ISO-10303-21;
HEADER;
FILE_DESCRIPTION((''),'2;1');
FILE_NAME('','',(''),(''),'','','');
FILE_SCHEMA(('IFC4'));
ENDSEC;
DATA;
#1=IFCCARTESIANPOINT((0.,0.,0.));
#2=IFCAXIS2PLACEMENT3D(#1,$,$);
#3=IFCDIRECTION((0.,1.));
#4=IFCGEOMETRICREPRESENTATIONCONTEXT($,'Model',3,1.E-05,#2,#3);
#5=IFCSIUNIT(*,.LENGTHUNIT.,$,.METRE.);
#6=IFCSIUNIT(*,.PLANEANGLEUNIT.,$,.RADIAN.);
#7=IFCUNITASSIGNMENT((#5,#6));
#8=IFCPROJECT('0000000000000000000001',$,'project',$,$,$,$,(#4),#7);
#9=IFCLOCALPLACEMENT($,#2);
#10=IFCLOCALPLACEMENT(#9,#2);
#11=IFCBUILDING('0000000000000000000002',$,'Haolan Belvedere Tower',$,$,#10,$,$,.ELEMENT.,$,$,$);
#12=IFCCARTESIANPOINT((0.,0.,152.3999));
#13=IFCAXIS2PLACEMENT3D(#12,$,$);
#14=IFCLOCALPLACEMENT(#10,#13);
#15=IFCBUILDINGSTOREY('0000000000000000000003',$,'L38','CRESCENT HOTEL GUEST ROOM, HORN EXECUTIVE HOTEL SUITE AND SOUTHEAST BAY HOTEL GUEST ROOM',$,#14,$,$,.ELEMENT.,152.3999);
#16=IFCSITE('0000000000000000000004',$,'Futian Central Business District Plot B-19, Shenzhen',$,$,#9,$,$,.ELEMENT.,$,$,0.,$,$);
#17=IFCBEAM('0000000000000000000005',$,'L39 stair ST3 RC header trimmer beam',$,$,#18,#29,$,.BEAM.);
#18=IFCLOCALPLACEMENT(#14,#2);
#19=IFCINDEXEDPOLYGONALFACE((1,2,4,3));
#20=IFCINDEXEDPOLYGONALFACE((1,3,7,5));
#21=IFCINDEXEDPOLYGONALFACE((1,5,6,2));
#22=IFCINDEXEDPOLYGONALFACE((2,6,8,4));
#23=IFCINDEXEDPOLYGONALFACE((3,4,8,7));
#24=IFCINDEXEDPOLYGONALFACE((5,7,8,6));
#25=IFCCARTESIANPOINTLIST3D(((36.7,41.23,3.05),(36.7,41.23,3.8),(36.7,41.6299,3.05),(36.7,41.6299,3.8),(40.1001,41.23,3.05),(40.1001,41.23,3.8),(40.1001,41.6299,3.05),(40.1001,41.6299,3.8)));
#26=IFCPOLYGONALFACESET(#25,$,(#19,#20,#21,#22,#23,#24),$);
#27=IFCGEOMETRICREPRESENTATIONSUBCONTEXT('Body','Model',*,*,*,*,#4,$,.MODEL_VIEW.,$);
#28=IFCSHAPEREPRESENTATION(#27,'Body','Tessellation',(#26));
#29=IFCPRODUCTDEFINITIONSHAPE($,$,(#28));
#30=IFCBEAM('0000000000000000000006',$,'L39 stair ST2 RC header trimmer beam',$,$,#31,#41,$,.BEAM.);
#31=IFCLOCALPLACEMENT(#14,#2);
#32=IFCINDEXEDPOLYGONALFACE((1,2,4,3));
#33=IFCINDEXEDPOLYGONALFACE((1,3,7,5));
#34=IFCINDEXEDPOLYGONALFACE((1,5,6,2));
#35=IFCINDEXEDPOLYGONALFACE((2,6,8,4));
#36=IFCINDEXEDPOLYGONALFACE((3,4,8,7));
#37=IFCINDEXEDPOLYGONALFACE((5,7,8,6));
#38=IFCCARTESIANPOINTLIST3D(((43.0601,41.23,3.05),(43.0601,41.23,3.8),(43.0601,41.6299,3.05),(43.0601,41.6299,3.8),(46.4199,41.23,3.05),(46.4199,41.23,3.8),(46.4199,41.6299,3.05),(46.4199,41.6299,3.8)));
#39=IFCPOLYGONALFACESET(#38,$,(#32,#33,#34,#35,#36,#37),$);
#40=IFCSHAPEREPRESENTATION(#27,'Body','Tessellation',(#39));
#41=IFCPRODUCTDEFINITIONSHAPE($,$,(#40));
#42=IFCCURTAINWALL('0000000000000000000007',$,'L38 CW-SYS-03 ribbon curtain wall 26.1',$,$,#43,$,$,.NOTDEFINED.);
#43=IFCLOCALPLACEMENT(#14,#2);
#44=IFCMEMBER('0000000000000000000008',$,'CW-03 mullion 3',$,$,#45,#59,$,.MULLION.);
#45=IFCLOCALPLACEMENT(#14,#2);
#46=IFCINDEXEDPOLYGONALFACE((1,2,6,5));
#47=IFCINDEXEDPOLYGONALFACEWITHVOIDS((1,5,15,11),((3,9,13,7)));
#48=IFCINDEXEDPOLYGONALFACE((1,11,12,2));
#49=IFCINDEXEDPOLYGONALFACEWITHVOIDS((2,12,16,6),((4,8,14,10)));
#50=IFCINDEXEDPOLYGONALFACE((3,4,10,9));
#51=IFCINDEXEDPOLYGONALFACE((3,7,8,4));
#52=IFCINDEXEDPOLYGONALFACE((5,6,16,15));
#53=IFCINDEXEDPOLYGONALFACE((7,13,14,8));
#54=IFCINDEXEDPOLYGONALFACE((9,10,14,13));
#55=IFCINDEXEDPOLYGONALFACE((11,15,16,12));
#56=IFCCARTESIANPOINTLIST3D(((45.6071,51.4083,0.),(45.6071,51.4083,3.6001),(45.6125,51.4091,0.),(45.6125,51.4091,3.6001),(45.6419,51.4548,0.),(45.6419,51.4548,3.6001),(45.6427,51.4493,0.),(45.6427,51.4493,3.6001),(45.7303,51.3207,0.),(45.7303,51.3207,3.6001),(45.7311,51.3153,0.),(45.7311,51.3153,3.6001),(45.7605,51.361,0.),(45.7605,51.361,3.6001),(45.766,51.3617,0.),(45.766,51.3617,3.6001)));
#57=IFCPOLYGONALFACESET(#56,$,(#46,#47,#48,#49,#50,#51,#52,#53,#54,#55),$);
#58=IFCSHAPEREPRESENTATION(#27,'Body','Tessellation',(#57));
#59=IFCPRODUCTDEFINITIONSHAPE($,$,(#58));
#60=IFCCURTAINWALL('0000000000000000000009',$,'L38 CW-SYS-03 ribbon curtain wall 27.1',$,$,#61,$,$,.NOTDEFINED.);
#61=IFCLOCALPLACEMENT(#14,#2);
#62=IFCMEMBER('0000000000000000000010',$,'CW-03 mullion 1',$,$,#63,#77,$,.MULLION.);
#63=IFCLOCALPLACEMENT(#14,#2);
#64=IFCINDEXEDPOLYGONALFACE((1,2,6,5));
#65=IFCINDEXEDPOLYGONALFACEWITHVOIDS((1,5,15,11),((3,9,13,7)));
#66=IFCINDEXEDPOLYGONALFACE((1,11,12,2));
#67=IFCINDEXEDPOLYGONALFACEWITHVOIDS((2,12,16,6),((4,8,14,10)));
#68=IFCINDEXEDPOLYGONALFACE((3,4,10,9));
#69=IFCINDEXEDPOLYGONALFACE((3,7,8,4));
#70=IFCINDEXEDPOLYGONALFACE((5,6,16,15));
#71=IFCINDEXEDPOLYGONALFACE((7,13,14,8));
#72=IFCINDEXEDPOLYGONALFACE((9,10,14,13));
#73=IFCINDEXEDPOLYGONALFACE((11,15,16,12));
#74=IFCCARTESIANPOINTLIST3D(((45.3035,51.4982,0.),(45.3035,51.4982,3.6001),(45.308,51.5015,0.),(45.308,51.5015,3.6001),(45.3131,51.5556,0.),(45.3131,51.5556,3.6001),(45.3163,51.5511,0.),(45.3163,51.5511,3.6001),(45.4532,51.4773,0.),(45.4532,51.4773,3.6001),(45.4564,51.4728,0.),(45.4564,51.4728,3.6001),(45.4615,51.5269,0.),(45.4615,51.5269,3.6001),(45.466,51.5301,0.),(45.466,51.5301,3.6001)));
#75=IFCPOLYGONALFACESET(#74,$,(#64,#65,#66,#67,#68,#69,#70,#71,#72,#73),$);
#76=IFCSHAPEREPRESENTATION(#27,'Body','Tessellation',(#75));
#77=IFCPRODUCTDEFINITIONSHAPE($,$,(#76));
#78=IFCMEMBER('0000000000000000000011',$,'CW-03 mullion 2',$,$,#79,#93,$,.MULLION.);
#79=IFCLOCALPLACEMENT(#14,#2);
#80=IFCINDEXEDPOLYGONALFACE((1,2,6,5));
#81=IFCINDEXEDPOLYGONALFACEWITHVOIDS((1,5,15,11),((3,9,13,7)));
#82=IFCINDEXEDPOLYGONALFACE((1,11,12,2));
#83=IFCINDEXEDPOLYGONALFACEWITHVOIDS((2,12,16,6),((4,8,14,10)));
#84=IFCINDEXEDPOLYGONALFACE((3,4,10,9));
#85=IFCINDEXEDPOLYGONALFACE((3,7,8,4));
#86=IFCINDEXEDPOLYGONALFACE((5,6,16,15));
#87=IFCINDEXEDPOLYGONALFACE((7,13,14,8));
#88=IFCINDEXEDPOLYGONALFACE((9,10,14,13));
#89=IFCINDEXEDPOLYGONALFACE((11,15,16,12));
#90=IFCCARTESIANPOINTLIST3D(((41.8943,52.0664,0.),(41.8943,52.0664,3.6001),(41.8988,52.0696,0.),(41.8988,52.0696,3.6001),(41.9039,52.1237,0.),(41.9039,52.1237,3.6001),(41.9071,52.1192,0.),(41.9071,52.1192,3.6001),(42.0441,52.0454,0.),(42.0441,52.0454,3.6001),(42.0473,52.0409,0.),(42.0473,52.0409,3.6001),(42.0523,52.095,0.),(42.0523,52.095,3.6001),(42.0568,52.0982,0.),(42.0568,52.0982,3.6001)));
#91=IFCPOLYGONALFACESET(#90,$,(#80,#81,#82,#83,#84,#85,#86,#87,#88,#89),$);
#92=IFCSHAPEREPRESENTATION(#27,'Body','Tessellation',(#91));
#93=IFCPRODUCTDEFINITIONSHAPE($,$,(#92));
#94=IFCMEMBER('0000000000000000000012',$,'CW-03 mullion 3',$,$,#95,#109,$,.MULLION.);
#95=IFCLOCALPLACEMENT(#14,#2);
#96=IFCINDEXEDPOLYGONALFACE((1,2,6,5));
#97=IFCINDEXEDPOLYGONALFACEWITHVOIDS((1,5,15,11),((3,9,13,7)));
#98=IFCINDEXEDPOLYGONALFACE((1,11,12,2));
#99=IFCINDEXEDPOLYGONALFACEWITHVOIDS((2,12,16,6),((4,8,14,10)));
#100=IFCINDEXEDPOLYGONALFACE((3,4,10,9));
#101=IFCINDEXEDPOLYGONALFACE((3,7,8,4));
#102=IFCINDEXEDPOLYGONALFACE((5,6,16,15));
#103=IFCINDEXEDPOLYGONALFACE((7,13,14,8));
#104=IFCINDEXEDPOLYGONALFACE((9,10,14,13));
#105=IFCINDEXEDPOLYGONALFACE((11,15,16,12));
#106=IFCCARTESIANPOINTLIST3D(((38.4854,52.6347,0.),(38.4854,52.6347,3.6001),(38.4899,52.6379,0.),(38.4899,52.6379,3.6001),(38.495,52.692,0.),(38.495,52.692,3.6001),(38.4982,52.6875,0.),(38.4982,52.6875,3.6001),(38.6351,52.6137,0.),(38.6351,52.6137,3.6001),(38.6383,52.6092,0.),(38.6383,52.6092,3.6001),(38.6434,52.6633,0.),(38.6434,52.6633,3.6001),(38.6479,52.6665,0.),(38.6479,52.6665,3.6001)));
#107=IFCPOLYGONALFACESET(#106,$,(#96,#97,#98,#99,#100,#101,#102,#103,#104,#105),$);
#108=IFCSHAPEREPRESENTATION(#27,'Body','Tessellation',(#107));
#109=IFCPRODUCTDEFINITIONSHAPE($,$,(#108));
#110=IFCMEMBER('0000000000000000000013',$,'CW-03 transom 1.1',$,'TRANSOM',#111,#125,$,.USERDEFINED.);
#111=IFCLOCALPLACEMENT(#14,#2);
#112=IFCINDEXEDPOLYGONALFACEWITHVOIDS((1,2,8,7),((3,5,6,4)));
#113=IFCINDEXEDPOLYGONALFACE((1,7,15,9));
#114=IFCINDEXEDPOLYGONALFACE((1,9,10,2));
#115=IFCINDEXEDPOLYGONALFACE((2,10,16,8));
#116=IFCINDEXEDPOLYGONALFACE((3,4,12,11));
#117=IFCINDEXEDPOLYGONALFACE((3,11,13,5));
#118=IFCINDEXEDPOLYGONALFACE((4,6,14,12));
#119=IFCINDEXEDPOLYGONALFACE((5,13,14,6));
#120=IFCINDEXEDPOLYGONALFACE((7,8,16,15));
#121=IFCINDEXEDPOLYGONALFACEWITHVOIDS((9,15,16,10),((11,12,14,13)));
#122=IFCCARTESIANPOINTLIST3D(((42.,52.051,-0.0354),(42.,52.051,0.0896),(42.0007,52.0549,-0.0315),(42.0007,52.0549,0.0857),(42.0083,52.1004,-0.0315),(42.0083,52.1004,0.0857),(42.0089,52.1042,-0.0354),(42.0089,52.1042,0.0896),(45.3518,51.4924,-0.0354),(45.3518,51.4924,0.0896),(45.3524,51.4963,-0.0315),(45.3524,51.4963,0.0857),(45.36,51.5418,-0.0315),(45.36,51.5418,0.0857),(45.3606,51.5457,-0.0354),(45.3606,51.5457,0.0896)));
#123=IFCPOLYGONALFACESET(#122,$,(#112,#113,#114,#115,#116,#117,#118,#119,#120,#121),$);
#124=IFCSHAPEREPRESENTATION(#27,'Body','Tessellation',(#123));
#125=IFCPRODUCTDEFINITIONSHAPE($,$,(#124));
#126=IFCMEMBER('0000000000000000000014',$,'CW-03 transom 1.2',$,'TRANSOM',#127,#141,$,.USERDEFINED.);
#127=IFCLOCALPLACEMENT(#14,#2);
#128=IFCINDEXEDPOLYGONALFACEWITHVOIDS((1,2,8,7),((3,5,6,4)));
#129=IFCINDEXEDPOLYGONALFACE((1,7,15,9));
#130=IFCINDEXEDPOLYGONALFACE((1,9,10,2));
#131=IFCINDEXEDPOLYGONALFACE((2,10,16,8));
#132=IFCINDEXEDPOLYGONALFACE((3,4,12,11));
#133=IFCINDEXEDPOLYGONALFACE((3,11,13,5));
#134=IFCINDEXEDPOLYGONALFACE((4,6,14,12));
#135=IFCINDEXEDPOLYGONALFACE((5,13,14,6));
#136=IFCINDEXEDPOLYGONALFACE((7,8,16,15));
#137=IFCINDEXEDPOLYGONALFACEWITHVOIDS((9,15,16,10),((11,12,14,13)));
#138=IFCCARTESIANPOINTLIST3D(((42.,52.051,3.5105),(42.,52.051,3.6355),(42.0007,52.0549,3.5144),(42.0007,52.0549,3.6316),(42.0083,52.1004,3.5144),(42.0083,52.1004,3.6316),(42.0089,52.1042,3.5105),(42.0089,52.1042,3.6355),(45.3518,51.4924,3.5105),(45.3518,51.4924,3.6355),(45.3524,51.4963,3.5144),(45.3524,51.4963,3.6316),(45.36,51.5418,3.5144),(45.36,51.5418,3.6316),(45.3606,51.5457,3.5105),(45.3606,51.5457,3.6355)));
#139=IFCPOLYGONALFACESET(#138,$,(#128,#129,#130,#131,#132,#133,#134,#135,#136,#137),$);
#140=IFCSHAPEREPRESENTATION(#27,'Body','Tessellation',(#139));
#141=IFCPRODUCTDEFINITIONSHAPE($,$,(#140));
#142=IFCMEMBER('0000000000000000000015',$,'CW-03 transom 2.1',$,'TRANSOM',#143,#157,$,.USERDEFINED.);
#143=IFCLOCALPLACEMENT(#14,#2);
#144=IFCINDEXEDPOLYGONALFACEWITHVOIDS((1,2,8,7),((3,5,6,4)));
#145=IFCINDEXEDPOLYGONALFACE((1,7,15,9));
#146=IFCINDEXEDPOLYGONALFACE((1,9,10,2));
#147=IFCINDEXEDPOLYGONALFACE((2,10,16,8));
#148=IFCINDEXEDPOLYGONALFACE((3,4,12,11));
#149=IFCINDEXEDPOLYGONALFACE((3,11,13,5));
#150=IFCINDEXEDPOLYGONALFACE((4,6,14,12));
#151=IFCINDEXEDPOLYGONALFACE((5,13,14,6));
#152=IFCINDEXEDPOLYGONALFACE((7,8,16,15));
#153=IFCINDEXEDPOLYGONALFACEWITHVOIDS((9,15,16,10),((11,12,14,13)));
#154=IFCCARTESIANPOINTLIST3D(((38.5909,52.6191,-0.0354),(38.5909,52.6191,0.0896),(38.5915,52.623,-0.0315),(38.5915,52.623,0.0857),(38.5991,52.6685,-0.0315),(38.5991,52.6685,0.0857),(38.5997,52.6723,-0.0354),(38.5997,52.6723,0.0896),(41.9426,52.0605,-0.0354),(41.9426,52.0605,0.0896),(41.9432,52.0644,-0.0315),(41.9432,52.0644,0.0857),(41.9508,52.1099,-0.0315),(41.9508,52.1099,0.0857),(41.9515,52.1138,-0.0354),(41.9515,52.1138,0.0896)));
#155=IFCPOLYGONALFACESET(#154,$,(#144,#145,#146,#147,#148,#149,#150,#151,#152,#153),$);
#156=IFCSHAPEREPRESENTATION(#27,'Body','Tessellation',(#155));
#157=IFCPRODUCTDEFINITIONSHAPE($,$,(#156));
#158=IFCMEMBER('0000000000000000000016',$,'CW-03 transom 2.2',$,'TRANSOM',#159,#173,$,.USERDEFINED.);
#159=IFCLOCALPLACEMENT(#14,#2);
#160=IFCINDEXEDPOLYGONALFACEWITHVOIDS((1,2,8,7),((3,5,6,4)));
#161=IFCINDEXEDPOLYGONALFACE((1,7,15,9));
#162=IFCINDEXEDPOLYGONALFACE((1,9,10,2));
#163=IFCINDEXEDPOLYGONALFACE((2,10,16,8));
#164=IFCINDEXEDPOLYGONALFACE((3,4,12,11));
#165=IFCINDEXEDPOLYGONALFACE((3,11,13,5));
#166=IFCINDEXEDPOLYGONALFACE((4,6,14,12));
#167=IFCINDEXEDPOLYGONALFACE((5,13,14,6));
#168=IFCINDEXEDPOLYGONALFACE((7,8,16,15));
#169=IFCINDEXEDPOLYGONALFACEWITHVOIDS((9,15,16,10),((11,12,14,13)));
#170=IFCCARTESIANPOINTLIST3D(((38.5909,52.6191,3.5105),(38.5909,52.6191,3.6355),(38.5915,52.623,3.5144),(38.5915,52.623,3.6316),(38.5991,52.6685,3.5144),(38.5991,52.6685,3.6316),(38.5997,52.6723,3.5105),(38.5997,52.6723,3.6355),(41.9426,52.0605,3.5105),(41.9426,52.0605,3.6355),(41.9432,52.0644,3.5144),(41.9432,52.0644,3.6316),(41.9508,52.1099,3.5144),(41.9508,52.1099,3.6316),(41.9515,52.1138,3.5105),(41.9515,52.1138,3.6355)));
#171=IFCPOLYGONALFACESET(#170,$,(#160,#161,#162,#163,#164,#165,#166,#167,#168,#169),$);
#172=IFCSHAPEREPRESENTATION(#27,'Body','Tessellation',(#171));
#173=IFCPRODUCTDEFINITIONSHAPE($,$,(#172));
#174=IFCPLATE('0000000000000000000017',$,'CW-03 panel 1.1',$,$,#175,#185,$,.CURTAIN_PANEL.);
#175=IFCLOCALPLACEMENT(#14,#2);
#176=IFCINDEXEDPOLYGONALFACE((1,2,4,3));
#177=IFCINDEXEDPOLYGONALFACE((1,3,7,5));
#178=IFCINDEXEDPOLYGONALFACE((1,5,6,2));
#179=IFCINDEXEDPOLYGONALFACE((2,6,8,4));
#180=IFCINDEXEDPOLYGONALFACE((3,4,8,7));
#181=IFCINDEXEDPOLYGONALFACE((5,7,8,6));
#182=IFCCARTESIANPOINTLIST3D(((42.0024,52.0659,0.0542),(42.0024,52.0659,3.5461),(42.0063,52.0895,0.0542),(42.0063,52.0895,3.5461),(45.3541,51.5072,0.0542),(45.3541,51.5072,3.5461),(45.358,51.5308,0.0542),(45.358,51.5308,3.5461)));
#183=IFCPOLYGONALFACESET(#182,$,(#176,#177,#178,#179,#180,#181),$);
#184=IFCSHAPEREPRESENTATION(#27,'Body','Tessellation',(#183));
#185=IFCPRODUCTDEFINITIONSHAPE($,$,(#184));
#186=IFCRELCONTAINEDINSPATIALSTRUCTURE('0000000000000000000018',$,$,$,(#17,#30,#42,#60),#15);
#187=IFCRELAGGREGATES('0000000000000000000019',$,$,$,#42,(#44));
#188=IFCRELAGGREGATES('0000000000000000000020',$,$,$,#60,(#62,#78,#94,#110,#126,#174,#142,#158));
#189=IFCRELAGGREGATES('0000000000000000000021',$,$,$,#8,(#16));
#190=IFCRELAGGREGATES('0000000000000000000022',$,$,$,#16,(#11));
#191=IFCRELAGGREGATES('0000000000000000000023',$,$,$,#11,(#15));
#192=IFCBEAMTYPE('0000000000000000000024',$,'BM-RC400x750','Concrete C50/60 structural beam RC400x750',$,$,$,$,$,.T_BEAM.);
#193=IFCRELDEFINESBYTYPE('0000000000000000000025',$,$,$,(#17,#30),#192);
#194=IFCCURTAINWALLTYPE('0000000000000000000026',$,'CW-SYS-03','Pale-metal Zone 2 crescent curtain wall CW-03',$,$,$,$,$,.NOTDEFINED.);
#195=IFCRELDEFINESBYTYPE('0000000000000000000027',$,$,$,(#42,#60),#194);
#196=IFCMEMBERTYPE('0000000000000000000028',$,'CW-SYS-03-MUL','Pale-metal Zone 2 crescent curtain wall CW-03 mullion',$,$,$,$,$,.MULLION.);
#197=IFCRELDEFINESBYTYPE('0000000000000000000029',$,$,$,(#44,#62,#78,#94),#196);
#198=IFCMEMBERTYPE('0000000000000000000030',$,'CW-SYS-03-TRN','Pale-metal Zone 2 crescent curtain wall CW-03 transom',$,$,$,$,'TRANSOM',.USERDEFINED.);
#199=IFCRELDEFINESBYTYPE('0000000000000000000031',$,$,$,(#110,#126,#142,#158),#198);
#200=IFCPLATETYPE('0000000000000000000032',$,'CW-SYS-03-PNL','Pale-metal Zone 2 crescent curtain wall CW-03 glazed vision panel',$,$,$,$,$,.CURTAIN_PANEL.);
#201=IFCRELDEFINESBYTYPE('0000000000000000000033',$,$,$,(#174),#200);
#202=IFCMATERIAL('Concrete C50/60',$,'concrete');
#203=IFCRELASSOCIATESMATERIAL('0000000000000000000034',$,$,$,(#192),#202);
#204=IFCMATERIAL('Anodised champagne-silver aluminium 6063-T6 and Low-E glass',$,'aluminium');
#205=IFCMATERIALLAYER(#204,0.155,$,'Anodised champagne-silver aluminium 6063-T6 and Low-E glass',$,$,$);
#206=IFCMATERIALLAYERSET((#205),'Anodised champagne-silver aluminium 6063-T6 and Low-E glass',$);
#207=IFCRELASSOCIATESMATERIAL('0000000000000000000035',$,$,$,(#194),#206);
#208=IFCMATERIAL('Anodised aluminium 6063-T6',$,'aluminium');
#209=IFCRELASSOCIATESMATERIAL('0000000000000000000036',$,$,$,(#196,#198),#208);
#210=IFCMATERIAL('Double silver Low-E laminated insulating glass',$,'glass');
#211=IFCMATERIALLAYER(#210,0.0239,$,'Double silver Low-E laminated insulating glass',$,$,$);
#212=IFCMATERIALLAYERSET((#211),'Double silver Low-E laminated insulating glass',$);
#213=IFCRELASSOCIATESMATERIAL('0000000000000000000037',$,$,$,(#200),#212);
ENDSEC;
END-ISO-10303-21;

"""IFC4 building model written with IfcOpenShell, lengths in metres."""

from ifc_helpers import new_model, si_unit, direction, frame, origin, origin_2d, place, context, subcontext, project, spatial, rectangle, hollow_rectangle, extrude, material, layer, layer_set, material_profile, profile_set, type_object, element, aggregate, save


model = new_model("IFC4")

# Units and contexts
model_context = context("Model", 3, precision=1e-05, world=origin(), true_north=direction((0.0, 1.0)))
body_context = subcontext(model_context, "Body", "Model", "MODEL_VIEW")
ifc_project = project(units=[si_unit("LENGTHUNIT", "METRE"), si_unit("PLANEANGLEUNIT", "RADIAN")], contexts=[model_context])

# Site, building, storey
site_placement = place(None, origin())
site = spatial("IfcSite", under=ifc_project, at=site_placement, Name="Futian Central Business District Plot B-19, Shenzhen", CompositionType="ELEMENT", RefElevation=0.0)
building_placement = place(site_placement, origin())
building = spatial("IfcBuilding", under=site, at=building_placement, Name="Haolan Belvedere Tower", CompositionType="ELEMENT")
storey_placement = place(building_placement, frame((0.0, 0.0, 152.3999)))
storey = spatial("IfcBuildingStorey", under=building, at=storey_placement, Name="L38", Description="CRESCENT HOTEL GUEST ROOM, HORN EXECUTIVE HOTEL SUITE AND SOUTHEAST BAY HOTEL GUEST ROOM", CompositionType="ELEMENT", Elevation=152.3999)

# Beams
ifc_material_1 = material(Name="Concrete C50/60", Category="concrete")
ifc_material_profile_1 = material_profile(ifc_material_1, rectangle(XDim=0.3999, YDim=0.75, at=origin_2d()), Name="Concrete C50/60")
ifc_profile_set_1 = profile_set([ifc_material_profile_1], Name="Concrete C50/60")
beam_type_1 = type_object("IfcBeamType", Name="BM-RC400x750", Description="Concrete C50/60 structural beam RC400x750", PredefinedType="T_BEAM", material=ifc_profile_set_1)
beam_1_placement = place(storey_placement, frame((36.7, 41.4299, 3.425), z_axis=(1.0, 0.0, 0.0), x_axis=(0.0, 1.0, 0.0)))
element("IfcBeam", 1, at=beam_1_placement, inside=storey, type_object=beam_type_1, Name="L39 stair ST3 RC header trimmer beam", PredefinedType="BEAM", context=body_context, shape_type="SweptSolid", body=[
    extrude(rectangle(XDim=0.3999, YDim=0.75, at=origin_2d()), origin(), (0.0, 0.0, 1.0), 3.4001),
])
beam_2_placement = place(storey_placement, frame((43.0601, 41.4299, 3.425), z_axis=(1.0, 0.0, 0.0), x_axis=(0.0, 1.0, 0.0)))
element("IfcBeam", 2, at=beam_2_placement, inside=storey, type_object=beam_type_1, Name="L39 stair ST2 RC header trimmer beam", PredefinedType="BEAM", context=body_context, shape_type="SweptSolid", body=[
    extrude(rectangle(XDim=0.3999, YDim=0.75, at=origin_2d()), origin(), (0.0, 0.0, 1.0), 3.3599),
])

# Curtain wall, member
ifc_material_2 = material(Name="Anodised champagne-silver aluminium 6063-T6 and Low-E glass", Category="aluminium")
ifc_layer_1 = layer(ifc_material_2, 0.155, Name="Anodised champagne-silver aluminium 6063-T6 and Low-E glass")
ifc_layer_set_1 = layer_set([ifc_layer_1], Name="Anodised champagne-silver aluminium 6063-T6 and Low-E glass")
curtain_wall_type = type_object("IfcCurtainWallType", Name="CW-SYS-03", Description="Pale-metal Zone 2 crescent curtain wall CW-03", PredefinedType="NOTDEFINED", material=ifc_layer_set_1)
curtain_wall_1_placement = place(storey_placement, origin())
curtain_wall_1 = element("IfcCurtainWall", 3, at=curtain_wall_1_placement, inside=storey, type_object=curtain_wall_type, Name="L38 CW-SYS-03 ribbon curtain wall 26.1", PredefinedType="NOTDEFINED")
ifc_material_3 = material(Name="Anodised aluminium 6063-T6", Category="aluminium")
ifc_material_profile_2 = material_profile(ifc_material_3, hollow_rectangle(XDim=0.0581, YDim=0.155, WallThickness=0.0039, at=origin_2d()), Name="Anodised aluminium 6063-T6")
ifc_profile_set_2 = profile_set([ifc_material_profile_2], Name="Anodised aluminium 6063-T6")
member_type_1 = type_object("IfcMemberType", Name="CW-SYS-03-MUL", Description="Pale-metal Zone 2 crescent curtain wall CW-03 mullion", PredefinedType="MULLION", material=ifc_profile_set_2)
member_1_placement = place(storey_placement, frame((45.6865, 51.385, 0.0), z_axis=(0.0, 0.0, 1.0), x_axis=(-0.599994, -0.800004, 0.0)))
member_1 = element("IfcMember", 4, at=member_1_placement, type_object=member_type_1, Name="CW-03 mullion 3", PredefinedType="MULLION", context=body_context, shape_type="SweptSolid", body=[
    extrude(hollow_rectangle(XDim=0.0581, YDim=0.155, WallThickness=0.0039, at=origin_2d()), origin(), (0.0, 0.0, 1.0), 3.6001),
])
aggregate(curtain_wall_1, [member_1])

# Curtain wall, members, plate
curtain_wall_2_placement = place(storey_placement, origin())
curtain_wall_2 = element("IfcCurtainWall", 5, at=curtain_wall_2_placement, inside=storey, type_object=curtain_wall_type, Name="L38 CW-SYS-03 ribbon curtain wall 27.1", PredefinedType="NOTDEFINED")
member_2_placement = place(storey_placement, frame((45.3848, 51.5142, 0.0), z_axis=(0.0, 0.0, 1.0), x_axis=(-0.164404, -0.986393, 0.0)))
member_2 = element("IfcMember", 6, at=member_2_placement, type_object=member_type_1, Name="CW-03 mullion 1", PredefinedType="MULLION", context=body_context, shape_type="SweptSolid", body=[
    extrude(hollow_rectangle(XDim=0.0581, YDim=0.155, WallThickness=0.0039, at=origin_2d()), origin(), (0.0, 0.0, 1.0), 3.6001),
])
member_3_placement = place(storey_placement, frame((41.9756, 52.0823, 0.0), z_axis=(0.0, 0.0, 1.0), x_axis=(-0.164404, -0.986393, 0.0)))
member_3 = element("IfcMember", 7, at=member_3_placement, type_object=member_type_1, Name="CW-03 mullion 2", PredefinedType="MULLION", context=body_context, shape_type="SweptSolid", body=[
    extrude(hollow_rectangle(XDim=0.0581, YDim=0.155, WallThickness=0.0039, at=origin_2d()), origin(), (0.0, 0.0, 1.0), 3.6001),
])
member_4_placement = place(storey_placement, frame((38.5667, 52.6506, 0.0), z_axis=(0.0, 0.0, 1.0), x_axis=(-0.164404, -0.986393, 0.0)))
member_4 = element("IfcMember", 8, at=member_4_placement, type_object=member_type_1, Name="CW-03 mullion 3", PredefinedType="MULLION", context=body_context, shape_type="SweptSolid", body=[
    extrude(hollow_rectangle(XDim=0.0581, YDim=0.155, WallThickness=0.0039, at=origin_2d()), origin(), (0.0, 0.0, 1.0), 3.6001),
])
ifc_material_profile_3 = material_profile(ifc_material_3, hollow_rectangle(XDim=0.054, YDim=0.125, WallThickness=0.0039, at=origin_2d()), Name="Anodised aluminium 6063-T6")
ifc_profile_set_3 = profile_set([ifc_material_profile_3], Name="Anodised aluminium 6063-T6")
member_type_2 = type_object("IfcMemberType", Name="CW-SYS-03-TRN", Description="Pale-metal Zone 2 crescent curtain wall CW-03 transom", ElementType="TRANSOM", PredefinedType="USERDEFINED", material=ifc_profile_set_3)
member_5_placement = place(storey_placement, frame((45.3562, 51.519, 0.0271), z_axis=(-0.986396, 0.164387, 0.0), x_axis=(-0.164387, -0.986396, 0.0)))
member_5 = element("IfcMember", 9, at=member_5_placement, type_object=member_type_2, Name="CW-03 transom 1.1", ObjectType="TRANSOM", PredefinedType="USERDEFINED", context=body_context, shape_type="SweptSolid", body=[
    extrude(hollow_rectangle(XDim=0.054, YDim=0.125, WallThickness=0.0039, at=origin_2d()), origin(), (0.0, 0.0, 1.0), 3.3979),
])
member_6_placement = place(storey_placement, frame((45.3562, 51.519, 3.573), z_axis=(-0.986396, 0.164387, 0.0), x_axis=(-0.164387, -0.986396, 0.0)))
member_6 = element("IfcMember", 10, at=member_6_placement, type_object=member_type_2, Name="CW-03 transom 1.2", ObjectType="TRANSOM", PredefinedType="USERDEFINED", context=body_context, shape_type="SweptSolid", body=[
    extrude(hollow_rectangle(XDim=0.054, YDim=0.125, WallThickness=0.0039, at=origin_2d()), origin(), (0.0, 0.0, 1.0), 3.3979),
])
member_7_placement = place(storey_placement, frame((41.947, 52.0872, 0.0271), z_axis=(-0.986396, 0.164387, 0.0), x_axis=(-0.164387, -0.986396, 0.0)))
member_7 = element("IfcMember", 11, at=member_7_placement, type_object=member_type_2, Name="CW-03 transom 2.1", ObjectType="TRANSOM", PredefinedType="USERDEFINED", context=body_context, shape_type="SweptSolid", body=[
    extrude(hollow_rectangle(XDim=0.054, YDim=0.125, WallThickness=0.0039, at=origin_2d()), origin(), (0.0, 0.0, 1.0), 3.3979),
])
member_8_placement = place(storey_placement, frame((41.947, 52.0872, 3.573), z_axis=(-0.986396, 0.164387, 0.0), x_axis=(-0.164387, -0.986396, 0.0)))
member_8 = element("IfcMember", 12, at=member_8_placement, type_object=member_type_2, Name="CW-03 transom 2.2", ObjectType="TRANSOM", PredefinedType="USERDEFINED", context=body_context, shape_type="SweptSolid", body=[
    extrude(hollow_rectangle(XDim=0.054, YDim=0.125, WallThickness=0.0039, at=origin_2d()), origin(), (0.0, 0.0, 1.0), 3.3979),
])
ifc_material_4 = material(Name="Double silver Low-E laminated insulating glass", Category="glass")
ifc_layer_2 = layer(ifc_material_4, 0.0239, Name="Double silver Low-E laminated insulating glass")
ifc_layer_set_2 = layer_set([ifc_layer_2], Name="Double silver Low-E laminated insulating glass")
plate_type = type_object("IfcPlateType", Name="CW-SYS-03-PNL", Description="Pale-metal Zone 2 crescent curtain wall CW-03 glazed vision panel", PredefinedType="CURTAIN_PANEL", material=ifc_layer_set_2)
plate_1_placement = place(storey_placement, frame((43.6802, 51.7983, 0.0542), z_axis=(0.0, 0.0, 1.0), x_axis=(-0.986393, 0.164404, 0.0)))
plate_1 = element("IfcPlate", 13, at=plate_1_placement, type_object=plate_type, Name="CW-03 panel 1.1", PredefinedType="CURTAIN_PANEL", context=body_context, shape_type="SweptSolid", body=[
    extrude(rectangle(XDim=3.3979, YDim=0.0239, at=origin_2d()), origin(), (0.0, 0.0, 1.0), 3.4919),
])
aggregate(curtain_wall_2, [member_2, member_3, member_4, member_5, member_6, plate_1, member_7, member_8])

save(model, "model.ifc")
